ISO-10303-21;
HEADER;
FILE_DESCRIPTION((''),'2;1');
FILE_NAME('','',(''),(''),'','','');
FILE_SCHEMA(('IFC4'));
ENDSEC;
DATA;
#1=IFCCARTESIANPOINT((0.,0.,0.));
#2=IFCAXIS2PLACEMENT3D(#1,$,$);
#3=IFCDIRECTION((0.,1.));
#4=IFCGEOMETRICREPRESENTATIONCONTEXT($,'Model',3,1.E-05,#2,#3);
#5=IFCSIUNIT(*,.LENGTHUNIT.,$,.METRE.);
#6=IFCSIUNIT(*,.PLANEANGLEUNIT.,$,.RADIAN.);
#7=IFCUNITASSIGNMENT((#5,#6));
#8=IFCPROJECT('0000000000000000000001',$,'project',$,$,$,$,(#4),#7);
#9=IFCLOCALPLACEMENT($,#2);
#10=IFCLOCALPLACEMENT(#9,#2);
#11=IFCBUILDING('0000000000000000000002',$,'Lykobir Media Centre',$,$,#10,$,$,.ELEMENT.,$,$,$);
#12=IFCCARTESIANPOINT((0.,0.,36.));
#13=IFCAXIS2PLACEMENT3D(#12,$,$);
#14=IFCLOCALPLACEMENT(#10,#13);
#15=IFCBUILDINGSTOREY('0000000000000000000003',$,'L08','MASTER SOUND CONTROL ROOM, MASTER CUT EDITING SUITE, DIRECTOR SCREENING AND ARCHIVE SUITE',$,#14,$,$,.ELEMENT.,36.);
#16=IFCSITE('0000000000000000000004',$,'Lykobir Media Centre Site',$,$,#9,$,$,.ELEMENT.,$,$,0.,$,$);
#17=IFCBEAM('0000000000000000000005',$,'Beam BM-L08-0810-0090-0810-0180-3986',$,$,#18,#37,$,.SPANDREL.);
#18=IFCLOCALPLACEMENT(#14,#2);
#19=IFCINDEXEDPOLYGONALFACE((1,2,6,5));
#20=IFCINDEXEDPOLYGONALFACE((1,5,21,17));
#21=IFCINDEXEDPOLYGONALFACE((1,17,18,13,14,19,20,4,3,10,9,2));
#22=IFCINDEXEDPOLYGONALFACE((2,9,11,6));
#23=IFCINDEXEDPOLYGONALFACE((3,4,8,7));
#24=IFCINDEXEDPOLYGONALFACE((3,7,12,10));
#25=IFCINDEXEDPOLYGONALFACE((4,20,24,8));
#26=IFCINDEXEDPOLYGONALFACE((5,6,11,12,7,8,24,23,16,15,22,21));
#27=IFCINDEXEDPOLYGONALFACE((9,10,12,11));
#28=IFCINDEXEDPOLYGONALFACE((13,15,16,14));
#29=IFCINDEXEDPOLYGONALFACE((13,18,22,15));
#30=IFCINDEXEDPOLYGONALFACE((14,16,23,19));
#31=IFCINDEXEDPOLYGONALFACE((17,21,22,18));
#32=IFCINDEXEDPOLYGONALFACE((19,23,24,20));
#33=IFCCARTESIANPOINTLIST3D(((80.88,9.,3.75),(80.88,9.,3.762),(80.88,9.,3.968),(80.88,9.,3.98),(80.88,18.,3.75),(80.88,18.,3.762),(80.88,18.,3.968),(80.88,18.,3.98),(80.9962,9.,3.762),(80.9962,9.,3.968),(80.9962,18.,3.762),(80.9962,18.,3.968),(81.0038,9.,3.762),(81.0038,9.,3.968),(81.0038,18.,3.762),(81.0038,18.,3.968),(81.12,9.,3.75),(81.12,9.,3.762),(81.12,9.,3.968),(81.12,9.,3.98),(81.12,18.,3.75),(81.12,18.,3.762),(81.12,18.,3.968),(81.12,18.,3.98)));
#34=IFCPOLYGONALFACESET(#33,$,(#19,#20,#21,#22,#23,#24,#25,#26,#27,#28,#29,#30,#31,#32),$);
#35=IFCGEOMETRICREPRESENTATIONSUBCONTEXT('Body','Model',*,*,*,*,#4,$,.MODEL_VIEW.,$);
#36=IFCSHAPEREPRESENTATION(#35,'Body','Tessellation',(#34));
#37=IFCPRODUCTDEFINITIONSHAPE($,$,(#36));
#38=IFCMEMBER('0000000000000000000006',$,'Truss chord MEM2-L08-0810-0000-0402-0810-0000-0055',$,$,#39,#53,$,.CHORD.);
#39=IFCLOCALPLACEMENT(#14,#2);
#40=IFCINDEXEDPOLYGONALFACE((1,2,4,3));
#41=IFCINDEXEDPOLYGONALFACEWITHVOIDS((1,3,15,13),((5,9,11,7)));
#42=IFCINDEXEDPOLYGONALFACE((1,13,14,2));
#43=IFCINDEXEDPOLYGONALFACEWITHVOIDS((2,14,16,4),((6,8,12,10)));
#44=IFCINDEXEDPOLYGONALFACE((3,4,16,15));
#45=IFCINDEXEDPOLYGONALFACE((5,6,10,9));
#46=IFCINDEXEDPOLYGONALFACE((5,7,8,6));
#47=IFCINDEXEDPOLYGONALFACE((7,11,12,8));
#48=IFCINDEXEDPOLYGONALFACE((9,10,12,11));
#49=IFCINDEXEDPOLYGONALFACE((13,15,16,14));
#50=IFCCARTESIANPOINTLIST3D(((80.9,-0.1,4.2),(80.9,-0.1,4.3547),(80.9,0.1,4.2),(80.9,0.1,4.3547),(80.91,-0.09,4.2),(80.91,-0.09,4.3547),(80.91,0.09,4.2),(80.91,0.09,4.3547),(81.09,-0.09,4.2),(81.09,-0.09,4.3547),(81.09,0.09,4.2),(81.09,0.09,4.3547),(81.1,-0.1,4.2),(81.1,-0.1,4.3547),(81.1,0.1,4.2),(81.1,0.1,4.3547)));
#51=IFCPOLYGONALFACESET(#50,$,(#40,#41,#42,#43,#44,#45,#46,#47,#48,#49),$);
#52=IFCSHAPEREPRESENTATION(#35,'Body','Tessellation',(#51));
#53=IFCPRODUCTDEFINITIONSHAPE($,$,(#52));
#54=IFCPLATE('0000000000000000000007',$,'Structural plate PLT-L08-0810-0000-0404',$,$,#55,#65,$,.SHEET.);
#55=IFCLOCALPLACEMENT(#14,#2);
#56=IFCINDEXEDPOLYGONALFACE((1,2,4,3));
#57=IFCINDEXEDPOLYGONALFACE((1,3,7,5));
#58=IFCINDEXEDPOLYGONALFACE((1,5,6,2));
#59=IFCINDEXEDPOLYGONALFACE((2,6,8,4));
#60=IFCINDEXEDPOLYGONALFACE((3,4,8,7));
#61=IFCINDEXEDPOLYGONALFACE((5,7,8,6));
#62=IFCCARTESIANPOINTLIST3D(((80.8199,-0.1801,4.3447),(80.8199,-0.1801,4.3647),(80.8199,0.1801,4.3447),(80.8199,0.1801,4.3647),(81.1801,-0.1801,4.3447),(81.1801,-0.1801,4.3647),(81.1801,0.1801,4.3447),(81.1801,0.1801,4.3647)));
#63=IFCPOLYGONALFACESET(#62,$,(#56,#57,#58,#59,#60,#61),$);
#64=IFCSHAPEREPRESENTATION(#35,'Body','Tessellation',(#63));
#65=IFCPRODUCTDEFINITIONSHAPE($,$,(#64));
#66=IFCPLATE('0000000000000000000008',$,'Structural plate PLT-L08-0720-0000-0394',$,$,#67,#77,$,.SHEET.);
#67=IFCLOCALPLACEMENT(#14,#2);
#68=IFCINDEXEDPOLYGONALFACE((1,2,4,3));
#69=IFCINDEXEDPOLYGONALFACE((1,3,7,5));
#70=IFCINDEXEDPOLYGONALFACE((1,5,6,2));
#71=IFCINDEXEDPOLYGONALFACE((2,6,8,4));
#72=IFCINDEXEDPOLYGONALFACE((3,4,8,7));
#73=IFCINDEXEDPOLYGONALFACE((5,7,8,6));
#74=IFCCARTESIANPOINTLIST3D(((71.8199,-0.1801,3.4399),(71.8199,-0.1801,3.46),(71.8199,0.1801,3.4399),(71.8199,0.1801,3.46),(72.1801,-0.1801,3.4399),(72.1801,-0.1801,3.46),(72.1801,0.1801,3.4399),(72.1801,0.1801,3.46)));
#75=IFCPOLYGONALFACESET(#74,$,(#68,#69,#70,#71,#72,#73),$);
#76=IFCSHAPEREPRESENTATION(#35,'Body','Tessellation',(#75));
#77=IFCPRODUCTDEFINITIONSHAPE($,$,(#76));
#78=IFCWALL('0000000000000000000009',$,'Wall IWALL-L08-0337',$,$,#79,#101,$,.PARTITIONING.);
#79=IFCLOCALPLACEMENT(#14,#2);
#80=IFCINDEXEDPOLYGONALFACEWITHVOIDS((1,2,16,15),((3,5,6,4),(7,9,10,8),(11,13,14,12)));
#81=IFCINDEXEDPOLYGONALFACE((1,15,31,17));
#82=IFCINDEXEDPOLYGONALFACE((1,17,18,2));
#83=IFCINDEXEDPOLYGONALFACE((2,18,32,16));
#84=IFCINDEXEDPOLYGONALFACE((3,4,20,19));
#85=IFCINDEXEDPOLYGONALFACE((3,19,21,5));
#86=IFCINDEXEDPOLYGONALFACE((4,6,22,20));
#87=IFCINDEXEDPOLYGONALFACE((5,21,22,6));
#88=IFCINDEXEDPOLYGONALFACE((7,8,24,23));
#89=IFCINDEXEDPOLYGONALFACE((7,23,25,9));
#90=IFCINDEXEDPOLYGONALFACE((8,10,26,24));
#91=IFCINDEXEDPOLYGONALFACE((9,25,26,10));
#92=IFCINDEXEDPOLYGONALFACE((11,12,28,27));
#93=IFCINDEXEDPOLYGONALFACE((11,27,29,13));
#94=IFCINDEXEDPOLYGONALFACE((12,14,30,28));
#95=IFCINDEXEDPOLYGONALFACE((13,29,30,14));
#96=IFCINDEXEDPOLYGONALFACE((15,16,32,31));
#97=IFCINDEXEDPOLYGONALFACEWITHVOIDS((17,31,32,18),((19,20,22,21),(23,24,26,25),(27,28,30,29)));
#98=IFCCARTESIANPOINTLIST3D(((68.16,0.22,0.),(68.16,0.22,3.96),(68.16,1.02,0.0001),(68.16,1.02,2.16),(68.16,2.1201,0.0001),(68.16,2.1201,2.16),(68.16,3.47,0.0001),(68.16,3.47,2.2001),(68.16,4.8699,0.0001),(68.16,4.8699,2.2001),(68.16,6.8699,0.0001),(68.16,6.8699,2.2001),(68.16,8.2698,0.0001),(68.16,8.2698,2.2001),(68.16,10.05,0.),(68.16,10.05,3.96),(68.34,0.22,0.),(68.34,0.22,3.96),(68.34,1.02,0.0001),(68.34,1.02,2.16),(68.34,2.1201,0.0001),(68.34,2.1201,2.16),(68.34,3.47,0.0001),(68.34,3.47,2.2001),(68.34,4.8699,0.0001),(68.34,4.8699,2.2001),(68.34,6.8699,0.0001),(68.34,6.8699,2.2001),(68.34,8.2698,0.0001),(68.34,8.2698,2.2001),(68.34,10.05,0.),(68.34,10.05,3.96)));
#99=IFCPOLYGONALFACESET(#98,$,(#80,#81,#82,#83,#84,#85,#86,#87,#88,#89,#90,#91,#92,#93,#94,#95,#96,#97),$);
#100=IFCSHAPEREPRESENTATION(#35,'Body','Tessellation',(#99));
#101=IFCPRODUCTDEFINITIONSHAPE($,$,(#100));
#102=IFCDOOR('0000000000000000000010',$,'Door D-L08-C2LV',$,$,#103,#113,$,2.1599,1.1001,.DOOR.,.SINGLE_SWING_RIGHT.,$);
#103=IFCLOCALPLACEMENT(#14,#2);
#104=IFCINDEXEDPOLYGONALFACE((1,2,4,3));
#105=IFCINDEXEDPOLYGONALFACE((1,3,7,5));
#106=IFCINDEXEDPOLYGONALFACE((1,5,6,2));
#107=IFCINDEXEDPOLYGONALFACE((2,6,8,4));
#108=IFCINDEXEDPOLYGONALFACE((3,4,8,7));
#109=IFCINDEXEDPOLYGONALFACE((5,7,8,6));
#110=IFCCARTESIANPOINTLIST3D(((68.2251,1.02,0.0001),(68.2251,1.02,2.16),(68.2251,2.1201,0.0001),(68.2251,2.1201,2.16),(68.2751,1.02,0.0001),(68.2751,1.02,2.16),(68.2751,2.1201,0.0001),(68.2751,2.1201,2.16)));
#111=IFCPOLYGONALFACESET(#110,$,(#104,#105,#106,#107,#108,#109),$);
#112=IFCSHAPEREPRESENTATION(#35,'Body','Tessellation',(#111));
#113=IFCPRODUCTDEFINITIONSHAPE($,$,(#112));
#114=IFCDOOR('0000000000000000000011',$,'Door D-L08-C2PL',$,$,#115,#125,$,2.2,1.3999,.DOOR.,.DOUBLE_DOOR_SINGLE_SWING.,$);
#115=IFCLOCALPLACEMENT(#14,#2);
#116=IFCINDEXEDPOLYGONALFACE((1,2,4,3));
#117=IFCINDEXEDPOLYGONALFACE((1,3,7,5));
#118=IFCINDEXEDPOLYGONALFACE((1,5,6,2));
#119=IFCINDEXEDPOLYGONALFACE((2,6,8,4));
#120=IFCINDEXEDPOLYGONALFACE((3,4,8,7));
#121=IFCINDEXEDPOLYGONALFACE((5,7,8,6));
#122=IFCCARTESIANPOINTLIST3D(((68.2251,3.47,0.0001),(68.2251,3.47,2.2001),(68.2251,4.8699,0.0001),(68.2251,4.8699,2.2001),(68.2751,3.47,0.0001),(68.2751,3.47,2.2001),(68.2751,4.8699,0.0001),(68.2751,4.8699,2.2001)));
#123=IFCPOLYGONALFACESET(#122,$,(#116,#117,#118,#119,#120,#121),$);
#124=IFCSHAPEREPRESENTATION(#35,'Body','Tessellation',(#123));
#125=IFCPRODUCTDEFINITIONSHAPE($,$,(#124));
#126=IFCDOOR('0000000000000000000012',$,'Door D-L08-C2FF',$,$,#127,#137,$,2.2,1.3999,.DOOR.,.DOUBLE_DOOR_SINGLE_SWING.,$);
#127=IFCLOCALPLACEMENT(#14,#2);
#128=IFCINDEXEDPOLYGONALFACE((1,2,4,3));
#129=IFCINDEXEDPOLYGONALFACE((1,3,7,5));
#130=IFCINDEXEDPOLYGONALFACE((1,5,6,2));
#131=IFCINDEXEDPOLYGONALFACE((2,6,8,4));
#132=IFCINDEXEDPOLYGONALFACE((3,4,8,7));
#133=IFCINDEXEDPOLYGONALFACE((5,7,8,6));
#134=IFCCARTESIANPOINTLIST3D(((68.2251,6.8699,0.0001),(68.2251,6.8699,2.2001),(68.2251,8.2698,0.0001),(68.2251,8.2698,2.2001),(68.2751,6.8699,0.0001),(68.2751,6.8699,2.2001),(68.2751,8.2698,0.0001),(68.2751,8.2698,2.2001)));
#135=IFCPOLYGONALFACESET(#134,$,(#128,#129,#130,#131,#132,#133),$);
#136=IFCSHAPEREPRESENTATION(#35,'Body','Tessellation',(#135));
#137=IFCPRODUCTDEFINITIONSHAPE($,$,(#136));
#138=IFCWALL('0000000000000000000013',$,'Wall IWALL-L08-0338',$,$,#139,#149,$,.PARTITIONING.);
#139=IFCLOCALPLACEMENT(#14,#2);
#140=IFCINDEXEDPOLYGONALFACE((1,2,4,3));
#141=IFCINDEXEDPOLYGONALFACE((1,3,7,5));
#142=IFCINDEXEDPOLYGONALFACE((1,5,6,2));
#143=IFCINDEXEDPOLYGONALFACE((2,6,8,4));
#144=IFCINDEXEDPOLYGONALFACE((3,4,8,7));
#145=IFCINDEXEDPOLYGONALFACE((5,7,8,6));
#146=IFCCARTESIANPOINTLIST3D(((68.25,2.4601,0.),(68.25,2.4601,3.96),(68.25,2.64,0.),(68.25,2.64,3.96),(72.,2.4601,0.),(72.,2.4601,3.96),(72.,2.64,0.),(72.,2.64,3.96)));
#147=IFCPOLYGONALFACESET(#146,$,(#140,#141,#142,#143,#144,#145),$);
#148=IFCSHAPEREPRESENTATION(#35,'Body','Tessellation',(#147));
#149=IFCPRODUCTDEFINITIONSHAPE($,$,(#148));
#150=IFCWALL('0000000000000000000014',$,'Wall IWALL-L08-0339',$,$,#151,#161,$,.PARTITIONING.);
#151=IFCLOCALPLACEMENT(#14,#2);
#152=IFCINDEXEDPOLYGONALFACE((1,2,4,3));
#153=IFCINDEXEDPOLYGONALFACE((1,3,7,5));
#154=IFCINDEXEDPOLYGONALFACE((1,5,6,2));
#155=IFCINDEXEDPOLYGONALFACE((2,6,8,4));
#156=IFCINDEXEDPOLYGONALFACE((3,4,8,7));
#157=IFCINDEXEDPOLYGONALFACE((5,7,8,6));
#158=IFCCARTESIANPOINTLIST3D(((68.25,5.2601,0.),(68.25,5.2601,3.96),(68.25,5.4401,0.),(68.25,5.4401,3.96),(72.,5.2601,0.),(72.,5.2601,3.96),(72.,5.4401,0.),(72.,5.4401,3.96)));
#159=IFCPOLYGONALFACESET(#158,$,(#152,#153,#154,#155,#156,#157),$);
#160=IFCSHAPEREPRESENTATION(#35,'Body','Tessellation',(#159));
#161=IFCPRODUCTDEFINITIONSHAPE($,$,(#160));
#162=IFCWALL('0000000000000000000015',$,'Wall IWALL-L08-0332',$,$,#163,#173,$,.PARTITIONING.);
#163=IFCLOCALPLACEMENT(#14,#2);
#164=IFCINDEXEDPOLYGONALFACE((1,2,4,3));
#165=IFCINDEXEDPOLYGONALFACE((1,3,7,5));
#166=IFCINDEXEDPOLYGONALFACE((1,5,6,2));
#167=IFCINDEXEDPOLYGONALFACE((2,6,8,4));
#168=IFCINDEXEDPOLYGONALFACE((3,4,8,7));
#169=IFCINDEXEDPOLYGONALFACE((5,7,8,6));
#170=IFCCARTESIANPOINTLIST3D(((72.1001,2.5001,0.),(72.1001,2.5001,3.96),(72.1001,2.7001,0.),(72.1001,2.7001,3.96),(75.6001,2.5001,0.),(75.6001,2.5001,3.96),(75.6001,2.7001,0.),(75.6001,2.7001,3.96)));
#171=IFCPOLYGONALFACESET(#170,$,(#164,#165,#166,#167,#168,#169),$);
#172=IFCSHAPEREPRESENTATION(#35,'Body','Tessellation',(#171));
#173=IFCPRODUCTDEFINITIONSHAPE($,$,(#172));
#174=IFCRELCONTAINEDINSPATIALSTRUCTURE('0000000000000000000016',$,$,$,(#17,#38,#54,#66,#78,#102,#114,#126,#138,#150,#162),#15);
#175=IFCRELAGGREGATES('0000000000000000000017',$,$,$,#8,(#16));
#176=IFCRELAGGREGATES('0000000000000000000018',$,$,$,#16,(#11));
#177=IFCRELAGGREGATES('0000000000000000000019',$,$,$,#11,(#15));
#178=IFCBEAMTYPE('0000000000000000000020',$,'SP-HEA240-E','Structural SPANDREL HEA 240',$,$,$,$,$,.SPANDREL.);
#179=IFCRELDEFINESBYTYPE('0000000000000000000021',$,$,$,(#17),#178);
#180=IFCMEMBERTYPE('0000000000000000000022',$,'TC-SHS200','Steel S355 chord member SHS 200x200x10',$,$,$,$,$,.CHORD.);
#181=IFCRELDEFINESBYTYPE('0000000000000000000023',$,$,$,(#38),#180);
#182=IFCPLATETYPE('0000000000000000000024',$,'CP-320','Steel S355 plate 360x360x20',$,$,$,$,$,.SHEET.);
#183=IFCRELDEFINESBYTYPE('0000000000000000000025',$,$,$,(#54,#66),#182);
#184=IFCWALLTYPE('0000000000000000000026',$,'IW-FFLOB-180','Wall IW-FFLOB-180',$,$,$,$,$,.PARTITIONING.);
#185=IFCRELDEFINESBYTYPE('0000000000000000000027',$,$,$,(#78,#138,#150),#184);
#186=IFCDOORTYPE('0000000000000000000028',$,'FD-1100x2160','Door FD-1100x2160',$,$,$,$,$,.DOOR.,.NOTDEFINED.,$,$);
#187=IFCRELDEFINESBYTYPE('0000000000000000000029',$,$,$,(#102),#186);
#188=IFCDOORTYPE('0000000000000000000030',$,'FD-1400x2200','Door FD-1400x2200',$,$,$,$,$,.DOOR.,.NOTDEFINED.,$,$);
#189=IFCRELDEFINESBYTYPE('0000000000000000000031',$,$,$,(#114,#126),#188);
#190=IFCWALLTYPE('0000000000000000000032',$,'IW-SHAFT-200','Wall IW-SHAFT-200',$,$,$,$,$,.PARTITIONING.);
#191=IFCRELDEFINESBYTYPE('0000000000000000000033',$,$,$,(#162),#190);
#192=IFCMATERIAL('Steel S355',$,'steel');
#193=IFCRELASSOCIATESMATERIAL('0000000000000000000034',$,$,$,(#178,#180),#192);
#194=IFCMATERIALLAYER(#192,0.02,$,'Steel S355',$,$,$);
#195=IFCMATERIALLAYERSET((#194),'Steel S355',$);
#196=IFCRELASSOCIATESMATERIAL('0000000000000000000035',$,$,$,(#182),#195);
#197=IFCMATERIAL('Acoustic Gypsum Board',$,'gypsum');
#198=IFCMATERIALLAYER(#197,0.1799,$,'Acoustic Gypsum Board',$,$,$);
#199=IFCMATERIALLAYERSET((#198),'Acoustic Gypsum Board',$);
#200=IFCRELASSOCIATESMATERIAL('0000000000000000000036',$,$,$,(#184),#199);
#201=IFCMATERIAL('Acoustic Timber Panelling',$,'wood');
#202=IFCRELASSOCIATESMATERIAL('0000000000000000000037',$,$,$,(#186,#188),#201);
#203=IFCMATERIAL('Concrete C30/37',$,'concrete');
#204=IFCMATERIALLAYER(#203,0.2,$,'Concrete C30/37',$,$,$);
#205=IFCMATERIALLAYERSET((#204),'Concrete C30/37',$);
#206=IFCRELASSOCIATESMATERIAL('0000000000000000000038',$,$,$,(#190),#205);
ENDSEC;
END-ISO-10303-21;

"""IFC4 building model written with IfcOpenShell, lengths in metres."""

from ifc_helpers import new_model, si_unit, direction, frame, frame_2d, origin, origin_2d, place, context, subcontext, project, spatial, rectangle, hollow_rectangle, i_section, extrude, material, layer, layer_set, material_profile, profile_set, type_object, element, fill, save


model = new_model("IFC4")

# Units and contexts
model_context = context("Model", 3, precision=1e-05, world=origin(), true_north=direction((0.0, 1.0)))
body_context = subcontext(model_context, "Body", "Model", "MODEL_VIEW")
ifc_project = project(units=[si_unit("LENGTHUNIT", "METRE"), si_unit("PLANEANGLEUNIT", "RADIAN")], contexts=[model_context])

# Site, building, storey
site_placement = place(None, origin())
site = spatial("IfcSite", under=ifc_project, at=site_placement, Name="Lykobir Media Centre Site", CompositionType="ELEMENT", RefElevation=0.0)
building_placement = place(site_placement, origin())
building = spatial("IfcBuilding", under=site, at=building_placement, Name="Lykobir Media Centre", CompositionType="ELEMENT")
storey_placement = place(building_placement, frame((0.0, 0.0, 36.0)))
storey = spatial("IfcBuildingStorey", under=building, at=storey_placement, Name="L08", Description="MASTER SOUND CONTROL ROOM, MASTER CUT EDITING SUITE, DIRECTOR SCREENING AND ARCHIVE SUITE", CompositionType="ELEMENT", Elevation=36.0)

# Shared definitions
ifc_material_1 = material(Name="Steel S355", Category="steel")

# Beam
ifc_material_profile_1 = material_profile(ifc_material_1, i_section(OverallWidth=0.24, OverallDepth=0.23, WebThickness=0.0076, FlangeThickness=0.012, at=origin_2d()), Name="HEA 240")
ifc_profile_set_1 = profile_set([ifc_material_profile_1], Name="Steel S355")
beam_type_1 = type_object("IfcBeamType", Name="SP-HEA240-E", Description="Structural SPANDREL HEA 240", PredefinedType="SPANDREL", material=ifc_profile_set_1)
for number, where, z_axis, x_axis, name in (
    (1, (81.0, 9.0, 3.865), (0.0, 1.0, 0.0), (-1.0, 0.0, 0.0), "Beam BM-L08-0810-0090-0810-0180-3986"),
):
    element("IfcBeam", number, at=place(storey_placement, frame(where, z_axis=z_axis, x_axis=x_axis)), inside=storey, type_object=beam_type_1, Name=name, PredefinedType="SPANDREL", context=body_context, shape_type="SweptSolid", body=[
        extrude(i_section(OverallWidth=0.24, OverallDepth=0.23, WebThickness=0.0076, FlangeThickness=0.012, at=origin_2d()), origin(), (0.0, 0.0, 1.0), 9.0),
    ])

# Member
ifc_material_profile_2 = material_profile(ifc_material_1, hollow_rectangle(XDim=0.2, YDim=0.2, WallThickness=0.01, at=origin_2d()), Name="SHS 200x200x10")
ifc_profile_set_2 = profile_set([ifc_material_profile_2], Name="Steel S355")
member_type = type_object("IfcMemberType", Name="TC-SHS200", Description="Steel S355 chord member SHS 200x200x10", PredefinedType="CHORD", material=ifc_profile_set_2)
member_placement = place(storey_placement, frame((81.0, 0.0, 4.2), z_axis=(0.0, 0.0, 1.0), x_axis=(1.0, 0.0, 0.0)))
element("IfcMember", 2, at=member_placement, inside=storey, type_object=member_type, Name="Truss chord MEM2-L08-0810-0000-0402-0810-0000-0055", PredefinedType="CHORD", context=body_context, shape_type="SweptSolid", body=[
    extrude(hollow_rectangle(XDim=0.2, YDim=0.2, WallThickness=0.01, at=origin_2d()), origin(), (0.0, 0.0, 1.0), 0.1548),
])

# Plates
ifc_layer_1 = layer(ifc_material_1, 0.02, Name="Steel S355")
ifc_layer_set_1 = layer_set([ifc_layer_1], Name="Steel S355")
plate_type = type_object("IfcPlateType", Name="CP-320", Description="Steel S355 plate 360x360x20", PredefinedType="SHEET", material=ifc_layer_set_1)
for number, where, z_axis, x_axis, name in (
    (3, (81.0, 0.0, 4.3447), (0.0, 0.0, 1.0), (1.0, 0.0, 0.0), "Structural plate PLT-L08-0810-0000-0404"),
    (4, (72.0, 0.0, 3.4399), (0.0, 0.0, 1.0), (1.0, 0.0, 0.0), "Structural plate PLT-L08-0720-0000-0394"),
):
    element("IfcPlate", number, at=place(storey_placement, frame(where, z_axis=z_axis, x_axis=x_axis)), inside=storey, type_object=plate_type, Name=name, PredefinedType="SHEET", context=body_context, shape_type="SweptSolid", body=[
        extrude(rectangle(XDim=0.3601, YDim=0.3601, at=origin_2d()), origin(), (0.0, 0.0, 1.0), 0.02),
    ])

# Wall, openings, doors
ifc_material_2 = material(Name="Acoustic Gypsum Board", Category="gypsum")
ifc_layer_2 = layer(ifc_material_2, 0.1799, Name="Acoustic Gypsum Board")
ifc_layer_set_2 = layer_set([ifc_layer_2], Name="Acoustic Gypsum Board")
wall_type_1 = type_object("IfcWallType", Name="IW-FFLOB-180", Description="Wall IW-FFLOB-180", PredefinedType="PARTITIONING", material=ifc_layer_set_2)
wall_1_placement = place(storey_placement, frame((68.25, 0.22, 0.0), z_axis=(0.0, 0.0, 1.0), x_axis=(0.0, 1.0, 0.0)))
wall_1 = element("IfcWall", 5, at=wall_1_placement, inside=storey, type_object=wall_type_1, Name="Wall IWALL-L08-0337", PredefinedType="PARTITIONING", context=body_context, shape_type="SweptSolid", body=[
    extrude(rectangle(XDim=9.8301, YDim=0.1799, at=frame_2d((4.915, 0.0))), origin(), (0.0, 0.0, 1.0), 3.96),
])
opening_1_placement = place(wall_1_placement, frame((0.8, 0.0, 0.0)))
opening_1 = element("IfcOpeningElement", 6, at=opening_1_placement, cuts=wall_1, PredefinedType="OPENING", context=body_context, shape_type="SweptSolid", body=[
    extrude(rectangle(XDim=1.1001, YDim=2.1599, at=frame_2d((0.55, 1.0801))), frame((0.0, 0.0999, 0.0), z_axis=(0.0, -1.0, 0.0), x_axis=(1.0, 0.0, 0.0)), (0.0, 0.0, 1.0), 0.2),
])
opening_2_placement = place(wall_1_placement, frame((3.25, 0.0, 0.0)))
opening_2 = element("IfcOpeningElement", 7, at=opening_2_placement, cuts=wall_1, PredefinedType="OPENING", context=body_context, shape_type="SweptSolid", body=[
    extrude(rectangle(XDim=1.3999, YDim=2.2, at=frame_2d((0.7, 1.1001))), frame((0.0, 0.0999, 0.0), z_axis=(0.0, -1.0, 0.0), x_axis=(1.0, 0.0, 0.0)), (0.0, 0.0, 1.0), 0.2),
])
opening_3_placement = place(wall_1_placement, frame((6.6499, 0.0, 0.0)))
opening_3 = element("IfcOpeningElement", 8, at=opening_3_placement, cuts=wall_1, PredefinedType="OPENING", context=body_context, shape_type="SweptSolid", body=[
    extrude(rectangle(XDim=1.3999, YDim=2.2, at=frame_2d((0.7, 1.1001))), frame((0.0, 0.0999, 0.0), z_axis=(0.0, -1.0, 0.0), x_axis=(1.0, 0.0, 0.0)), (0.0, 0.0, 1.0), 0.2),
])
ifc_material_3 = material(Name="Acoustic Timber Panelling", Category="wood")
door_type_1 = type_object("IfcDoorType", Name="FD-1100x2160", Description="Door FD-1100x2160", OperationType="NOTDEFINED", PredefinedType="DOOR", material=ifc_material_3)
door_1_placement = place(opening_1_placement, origin())
door_1 = element("IfcDoor", 9, at=door_1_placement, inside=storey, type_object=door_type_1, Name="Door D-L08-C2LV", OperationType="SINGLE_SWING_RIGHT", OverallHeight=2.1599, OverallWidth=1.1001, PredefinedType="DOOR", context=body_context, shape_type="SweptSolid", body=[
    extrude(rectangle(XDim=1.1001, YDim=2.1599, at=frame_2d((0.55, 1.0801))), frame((0.0, 0.0249, 0.0), z_axis=(0.0, -1.0, 0.0), x_axis=(1.0, 0.0, 0.0)), (0.0, 0.0, 1.0), 0.05),
])
fill(opening_1, door_1)
door_type_2 = type_object("IfcDoorType", Name="FD-1400x2200", Description="Door FD-1400x2200", OperationType="NOTDEFINED", PredefinedType="DOOR", material=ifc_material_3)
door_2_placement = place(opening_2_placement, origin())
door_2 = element("IfcDoor", 10, at=door_2_placement, inside=storey, type_object=door_type_2, Name="Door D-L08-C2PL", OperationType="DOUBLE_DOOR_SINGLE_SWING", OverallHeight=2.2, OverallWidth=1.3999, PredefinedType="DOOR", context=body_context, shape_type="SweptSolid", body=[
    extrude(rectangle(XDim=1.3999, YDim=2.2, at=frame_2d((0.7, 1.1001))), frame((0.0, 0.0249, 0.0), z_axis=(0.0, -1.0, 0.0), x_axis=(1.0, 0.0, 0.0)), (0.0, 0.0, 1.0), 0.05),
])
fill(opening_2, door_2)
door_3_placement = place(opening_3_placement, origin())
door_3 = element("IfcDoor", 11, at=door_3_placement, inside=storey, type_object=door_type_2, Name="Door D-L08-C2FF", OperationType="DOUBLE_DOOR_SINGLE_SWING", OverallHeight=2.2, OverallWidth=1.3999, PredefinedType="DOOR", context=body_context, shape_type="SweptSolid", body=[
    extrude(rectangle(XDim=1.3999, YDim=2.2, at=frame_2d((0.7, 1.1001))), frame((0.0, 0.0249, 0.0), z_axis=(0.0, -1.0, 0.0), x_axis=(1.0, 0.0, 0.0)), (0.0, 0.0, 1.0), 0.05),
])
fill(opening_3, door_3)

# Walls
for number, where, z_axis, x_axis, name in (
    (12, (68.25, 2.55, 0.0), (0.0, 0.0, 1.0), (1.0, 0.0, 0.0), "Wall IWALL-L08-0338"),
    (13, (68.25, 5.3501, 0.0), (0.0, 0.0, 1.0), (1.0, 0.0, 0.0), "Wall IWALL-L08-0339"),
):
    element("IfcWall", number, at=place(storey_placement, frame(where, z_axis=z_axis, x_axis=x_axis)), inside=storey, type_object=wall_type_1, Name=name, PredefinedType="PARTITIONING", context=body_context, shape_type="SweptSolid", body=[
        extrude(rectangle(XDim=3.75, YDim=0.1799, at=frame_2d((1.875, 0.0))), origin(), (0.0, 0.0, 1.0), 3.96),
    ])
ifc_material_4 = material(Name="Concrete C30/37", Category="concrete")
ifc_layer_3 = layer(ifc_material_4, 0.2, Name="Concrete C30/37")
ifc_layer_set_3 = layer_set([ifc_layer_3], Name="Concrete C30/37")
wall_type_2 = type_object("IfcWallType", Name="IW-SHAFT-200", Description="Wall IW-SHAFT-200", PredefinedType="PARTITIONING", material=ifc_layer_set_3)
for number, where, z_axis, x_axis, name in (
    (14, (72.1001, 2.6001, 0.0), (0.0, 0.0, 1.0), (1.0, 0.0, 0.0), "Wall IWALL-L08-0332"),
):
    element("IfcWall", number, at=place(storey_placement, frame(where, z_axis=z_axis, x_axis=x_axis)), inside=storey, type_object=wall_type_2, Name=name, PredefinedType="PARTITIONING", context=body_context, shape_type="SweptSolid", body=[
        extrude(rectangle(XDim=3.5, YDim=0.2, at=frame_2d((1.75, 0.0))), origin(), (0.0, 0.0, 1.0), 3.96),
    ])

save(model, "model.ifc")
